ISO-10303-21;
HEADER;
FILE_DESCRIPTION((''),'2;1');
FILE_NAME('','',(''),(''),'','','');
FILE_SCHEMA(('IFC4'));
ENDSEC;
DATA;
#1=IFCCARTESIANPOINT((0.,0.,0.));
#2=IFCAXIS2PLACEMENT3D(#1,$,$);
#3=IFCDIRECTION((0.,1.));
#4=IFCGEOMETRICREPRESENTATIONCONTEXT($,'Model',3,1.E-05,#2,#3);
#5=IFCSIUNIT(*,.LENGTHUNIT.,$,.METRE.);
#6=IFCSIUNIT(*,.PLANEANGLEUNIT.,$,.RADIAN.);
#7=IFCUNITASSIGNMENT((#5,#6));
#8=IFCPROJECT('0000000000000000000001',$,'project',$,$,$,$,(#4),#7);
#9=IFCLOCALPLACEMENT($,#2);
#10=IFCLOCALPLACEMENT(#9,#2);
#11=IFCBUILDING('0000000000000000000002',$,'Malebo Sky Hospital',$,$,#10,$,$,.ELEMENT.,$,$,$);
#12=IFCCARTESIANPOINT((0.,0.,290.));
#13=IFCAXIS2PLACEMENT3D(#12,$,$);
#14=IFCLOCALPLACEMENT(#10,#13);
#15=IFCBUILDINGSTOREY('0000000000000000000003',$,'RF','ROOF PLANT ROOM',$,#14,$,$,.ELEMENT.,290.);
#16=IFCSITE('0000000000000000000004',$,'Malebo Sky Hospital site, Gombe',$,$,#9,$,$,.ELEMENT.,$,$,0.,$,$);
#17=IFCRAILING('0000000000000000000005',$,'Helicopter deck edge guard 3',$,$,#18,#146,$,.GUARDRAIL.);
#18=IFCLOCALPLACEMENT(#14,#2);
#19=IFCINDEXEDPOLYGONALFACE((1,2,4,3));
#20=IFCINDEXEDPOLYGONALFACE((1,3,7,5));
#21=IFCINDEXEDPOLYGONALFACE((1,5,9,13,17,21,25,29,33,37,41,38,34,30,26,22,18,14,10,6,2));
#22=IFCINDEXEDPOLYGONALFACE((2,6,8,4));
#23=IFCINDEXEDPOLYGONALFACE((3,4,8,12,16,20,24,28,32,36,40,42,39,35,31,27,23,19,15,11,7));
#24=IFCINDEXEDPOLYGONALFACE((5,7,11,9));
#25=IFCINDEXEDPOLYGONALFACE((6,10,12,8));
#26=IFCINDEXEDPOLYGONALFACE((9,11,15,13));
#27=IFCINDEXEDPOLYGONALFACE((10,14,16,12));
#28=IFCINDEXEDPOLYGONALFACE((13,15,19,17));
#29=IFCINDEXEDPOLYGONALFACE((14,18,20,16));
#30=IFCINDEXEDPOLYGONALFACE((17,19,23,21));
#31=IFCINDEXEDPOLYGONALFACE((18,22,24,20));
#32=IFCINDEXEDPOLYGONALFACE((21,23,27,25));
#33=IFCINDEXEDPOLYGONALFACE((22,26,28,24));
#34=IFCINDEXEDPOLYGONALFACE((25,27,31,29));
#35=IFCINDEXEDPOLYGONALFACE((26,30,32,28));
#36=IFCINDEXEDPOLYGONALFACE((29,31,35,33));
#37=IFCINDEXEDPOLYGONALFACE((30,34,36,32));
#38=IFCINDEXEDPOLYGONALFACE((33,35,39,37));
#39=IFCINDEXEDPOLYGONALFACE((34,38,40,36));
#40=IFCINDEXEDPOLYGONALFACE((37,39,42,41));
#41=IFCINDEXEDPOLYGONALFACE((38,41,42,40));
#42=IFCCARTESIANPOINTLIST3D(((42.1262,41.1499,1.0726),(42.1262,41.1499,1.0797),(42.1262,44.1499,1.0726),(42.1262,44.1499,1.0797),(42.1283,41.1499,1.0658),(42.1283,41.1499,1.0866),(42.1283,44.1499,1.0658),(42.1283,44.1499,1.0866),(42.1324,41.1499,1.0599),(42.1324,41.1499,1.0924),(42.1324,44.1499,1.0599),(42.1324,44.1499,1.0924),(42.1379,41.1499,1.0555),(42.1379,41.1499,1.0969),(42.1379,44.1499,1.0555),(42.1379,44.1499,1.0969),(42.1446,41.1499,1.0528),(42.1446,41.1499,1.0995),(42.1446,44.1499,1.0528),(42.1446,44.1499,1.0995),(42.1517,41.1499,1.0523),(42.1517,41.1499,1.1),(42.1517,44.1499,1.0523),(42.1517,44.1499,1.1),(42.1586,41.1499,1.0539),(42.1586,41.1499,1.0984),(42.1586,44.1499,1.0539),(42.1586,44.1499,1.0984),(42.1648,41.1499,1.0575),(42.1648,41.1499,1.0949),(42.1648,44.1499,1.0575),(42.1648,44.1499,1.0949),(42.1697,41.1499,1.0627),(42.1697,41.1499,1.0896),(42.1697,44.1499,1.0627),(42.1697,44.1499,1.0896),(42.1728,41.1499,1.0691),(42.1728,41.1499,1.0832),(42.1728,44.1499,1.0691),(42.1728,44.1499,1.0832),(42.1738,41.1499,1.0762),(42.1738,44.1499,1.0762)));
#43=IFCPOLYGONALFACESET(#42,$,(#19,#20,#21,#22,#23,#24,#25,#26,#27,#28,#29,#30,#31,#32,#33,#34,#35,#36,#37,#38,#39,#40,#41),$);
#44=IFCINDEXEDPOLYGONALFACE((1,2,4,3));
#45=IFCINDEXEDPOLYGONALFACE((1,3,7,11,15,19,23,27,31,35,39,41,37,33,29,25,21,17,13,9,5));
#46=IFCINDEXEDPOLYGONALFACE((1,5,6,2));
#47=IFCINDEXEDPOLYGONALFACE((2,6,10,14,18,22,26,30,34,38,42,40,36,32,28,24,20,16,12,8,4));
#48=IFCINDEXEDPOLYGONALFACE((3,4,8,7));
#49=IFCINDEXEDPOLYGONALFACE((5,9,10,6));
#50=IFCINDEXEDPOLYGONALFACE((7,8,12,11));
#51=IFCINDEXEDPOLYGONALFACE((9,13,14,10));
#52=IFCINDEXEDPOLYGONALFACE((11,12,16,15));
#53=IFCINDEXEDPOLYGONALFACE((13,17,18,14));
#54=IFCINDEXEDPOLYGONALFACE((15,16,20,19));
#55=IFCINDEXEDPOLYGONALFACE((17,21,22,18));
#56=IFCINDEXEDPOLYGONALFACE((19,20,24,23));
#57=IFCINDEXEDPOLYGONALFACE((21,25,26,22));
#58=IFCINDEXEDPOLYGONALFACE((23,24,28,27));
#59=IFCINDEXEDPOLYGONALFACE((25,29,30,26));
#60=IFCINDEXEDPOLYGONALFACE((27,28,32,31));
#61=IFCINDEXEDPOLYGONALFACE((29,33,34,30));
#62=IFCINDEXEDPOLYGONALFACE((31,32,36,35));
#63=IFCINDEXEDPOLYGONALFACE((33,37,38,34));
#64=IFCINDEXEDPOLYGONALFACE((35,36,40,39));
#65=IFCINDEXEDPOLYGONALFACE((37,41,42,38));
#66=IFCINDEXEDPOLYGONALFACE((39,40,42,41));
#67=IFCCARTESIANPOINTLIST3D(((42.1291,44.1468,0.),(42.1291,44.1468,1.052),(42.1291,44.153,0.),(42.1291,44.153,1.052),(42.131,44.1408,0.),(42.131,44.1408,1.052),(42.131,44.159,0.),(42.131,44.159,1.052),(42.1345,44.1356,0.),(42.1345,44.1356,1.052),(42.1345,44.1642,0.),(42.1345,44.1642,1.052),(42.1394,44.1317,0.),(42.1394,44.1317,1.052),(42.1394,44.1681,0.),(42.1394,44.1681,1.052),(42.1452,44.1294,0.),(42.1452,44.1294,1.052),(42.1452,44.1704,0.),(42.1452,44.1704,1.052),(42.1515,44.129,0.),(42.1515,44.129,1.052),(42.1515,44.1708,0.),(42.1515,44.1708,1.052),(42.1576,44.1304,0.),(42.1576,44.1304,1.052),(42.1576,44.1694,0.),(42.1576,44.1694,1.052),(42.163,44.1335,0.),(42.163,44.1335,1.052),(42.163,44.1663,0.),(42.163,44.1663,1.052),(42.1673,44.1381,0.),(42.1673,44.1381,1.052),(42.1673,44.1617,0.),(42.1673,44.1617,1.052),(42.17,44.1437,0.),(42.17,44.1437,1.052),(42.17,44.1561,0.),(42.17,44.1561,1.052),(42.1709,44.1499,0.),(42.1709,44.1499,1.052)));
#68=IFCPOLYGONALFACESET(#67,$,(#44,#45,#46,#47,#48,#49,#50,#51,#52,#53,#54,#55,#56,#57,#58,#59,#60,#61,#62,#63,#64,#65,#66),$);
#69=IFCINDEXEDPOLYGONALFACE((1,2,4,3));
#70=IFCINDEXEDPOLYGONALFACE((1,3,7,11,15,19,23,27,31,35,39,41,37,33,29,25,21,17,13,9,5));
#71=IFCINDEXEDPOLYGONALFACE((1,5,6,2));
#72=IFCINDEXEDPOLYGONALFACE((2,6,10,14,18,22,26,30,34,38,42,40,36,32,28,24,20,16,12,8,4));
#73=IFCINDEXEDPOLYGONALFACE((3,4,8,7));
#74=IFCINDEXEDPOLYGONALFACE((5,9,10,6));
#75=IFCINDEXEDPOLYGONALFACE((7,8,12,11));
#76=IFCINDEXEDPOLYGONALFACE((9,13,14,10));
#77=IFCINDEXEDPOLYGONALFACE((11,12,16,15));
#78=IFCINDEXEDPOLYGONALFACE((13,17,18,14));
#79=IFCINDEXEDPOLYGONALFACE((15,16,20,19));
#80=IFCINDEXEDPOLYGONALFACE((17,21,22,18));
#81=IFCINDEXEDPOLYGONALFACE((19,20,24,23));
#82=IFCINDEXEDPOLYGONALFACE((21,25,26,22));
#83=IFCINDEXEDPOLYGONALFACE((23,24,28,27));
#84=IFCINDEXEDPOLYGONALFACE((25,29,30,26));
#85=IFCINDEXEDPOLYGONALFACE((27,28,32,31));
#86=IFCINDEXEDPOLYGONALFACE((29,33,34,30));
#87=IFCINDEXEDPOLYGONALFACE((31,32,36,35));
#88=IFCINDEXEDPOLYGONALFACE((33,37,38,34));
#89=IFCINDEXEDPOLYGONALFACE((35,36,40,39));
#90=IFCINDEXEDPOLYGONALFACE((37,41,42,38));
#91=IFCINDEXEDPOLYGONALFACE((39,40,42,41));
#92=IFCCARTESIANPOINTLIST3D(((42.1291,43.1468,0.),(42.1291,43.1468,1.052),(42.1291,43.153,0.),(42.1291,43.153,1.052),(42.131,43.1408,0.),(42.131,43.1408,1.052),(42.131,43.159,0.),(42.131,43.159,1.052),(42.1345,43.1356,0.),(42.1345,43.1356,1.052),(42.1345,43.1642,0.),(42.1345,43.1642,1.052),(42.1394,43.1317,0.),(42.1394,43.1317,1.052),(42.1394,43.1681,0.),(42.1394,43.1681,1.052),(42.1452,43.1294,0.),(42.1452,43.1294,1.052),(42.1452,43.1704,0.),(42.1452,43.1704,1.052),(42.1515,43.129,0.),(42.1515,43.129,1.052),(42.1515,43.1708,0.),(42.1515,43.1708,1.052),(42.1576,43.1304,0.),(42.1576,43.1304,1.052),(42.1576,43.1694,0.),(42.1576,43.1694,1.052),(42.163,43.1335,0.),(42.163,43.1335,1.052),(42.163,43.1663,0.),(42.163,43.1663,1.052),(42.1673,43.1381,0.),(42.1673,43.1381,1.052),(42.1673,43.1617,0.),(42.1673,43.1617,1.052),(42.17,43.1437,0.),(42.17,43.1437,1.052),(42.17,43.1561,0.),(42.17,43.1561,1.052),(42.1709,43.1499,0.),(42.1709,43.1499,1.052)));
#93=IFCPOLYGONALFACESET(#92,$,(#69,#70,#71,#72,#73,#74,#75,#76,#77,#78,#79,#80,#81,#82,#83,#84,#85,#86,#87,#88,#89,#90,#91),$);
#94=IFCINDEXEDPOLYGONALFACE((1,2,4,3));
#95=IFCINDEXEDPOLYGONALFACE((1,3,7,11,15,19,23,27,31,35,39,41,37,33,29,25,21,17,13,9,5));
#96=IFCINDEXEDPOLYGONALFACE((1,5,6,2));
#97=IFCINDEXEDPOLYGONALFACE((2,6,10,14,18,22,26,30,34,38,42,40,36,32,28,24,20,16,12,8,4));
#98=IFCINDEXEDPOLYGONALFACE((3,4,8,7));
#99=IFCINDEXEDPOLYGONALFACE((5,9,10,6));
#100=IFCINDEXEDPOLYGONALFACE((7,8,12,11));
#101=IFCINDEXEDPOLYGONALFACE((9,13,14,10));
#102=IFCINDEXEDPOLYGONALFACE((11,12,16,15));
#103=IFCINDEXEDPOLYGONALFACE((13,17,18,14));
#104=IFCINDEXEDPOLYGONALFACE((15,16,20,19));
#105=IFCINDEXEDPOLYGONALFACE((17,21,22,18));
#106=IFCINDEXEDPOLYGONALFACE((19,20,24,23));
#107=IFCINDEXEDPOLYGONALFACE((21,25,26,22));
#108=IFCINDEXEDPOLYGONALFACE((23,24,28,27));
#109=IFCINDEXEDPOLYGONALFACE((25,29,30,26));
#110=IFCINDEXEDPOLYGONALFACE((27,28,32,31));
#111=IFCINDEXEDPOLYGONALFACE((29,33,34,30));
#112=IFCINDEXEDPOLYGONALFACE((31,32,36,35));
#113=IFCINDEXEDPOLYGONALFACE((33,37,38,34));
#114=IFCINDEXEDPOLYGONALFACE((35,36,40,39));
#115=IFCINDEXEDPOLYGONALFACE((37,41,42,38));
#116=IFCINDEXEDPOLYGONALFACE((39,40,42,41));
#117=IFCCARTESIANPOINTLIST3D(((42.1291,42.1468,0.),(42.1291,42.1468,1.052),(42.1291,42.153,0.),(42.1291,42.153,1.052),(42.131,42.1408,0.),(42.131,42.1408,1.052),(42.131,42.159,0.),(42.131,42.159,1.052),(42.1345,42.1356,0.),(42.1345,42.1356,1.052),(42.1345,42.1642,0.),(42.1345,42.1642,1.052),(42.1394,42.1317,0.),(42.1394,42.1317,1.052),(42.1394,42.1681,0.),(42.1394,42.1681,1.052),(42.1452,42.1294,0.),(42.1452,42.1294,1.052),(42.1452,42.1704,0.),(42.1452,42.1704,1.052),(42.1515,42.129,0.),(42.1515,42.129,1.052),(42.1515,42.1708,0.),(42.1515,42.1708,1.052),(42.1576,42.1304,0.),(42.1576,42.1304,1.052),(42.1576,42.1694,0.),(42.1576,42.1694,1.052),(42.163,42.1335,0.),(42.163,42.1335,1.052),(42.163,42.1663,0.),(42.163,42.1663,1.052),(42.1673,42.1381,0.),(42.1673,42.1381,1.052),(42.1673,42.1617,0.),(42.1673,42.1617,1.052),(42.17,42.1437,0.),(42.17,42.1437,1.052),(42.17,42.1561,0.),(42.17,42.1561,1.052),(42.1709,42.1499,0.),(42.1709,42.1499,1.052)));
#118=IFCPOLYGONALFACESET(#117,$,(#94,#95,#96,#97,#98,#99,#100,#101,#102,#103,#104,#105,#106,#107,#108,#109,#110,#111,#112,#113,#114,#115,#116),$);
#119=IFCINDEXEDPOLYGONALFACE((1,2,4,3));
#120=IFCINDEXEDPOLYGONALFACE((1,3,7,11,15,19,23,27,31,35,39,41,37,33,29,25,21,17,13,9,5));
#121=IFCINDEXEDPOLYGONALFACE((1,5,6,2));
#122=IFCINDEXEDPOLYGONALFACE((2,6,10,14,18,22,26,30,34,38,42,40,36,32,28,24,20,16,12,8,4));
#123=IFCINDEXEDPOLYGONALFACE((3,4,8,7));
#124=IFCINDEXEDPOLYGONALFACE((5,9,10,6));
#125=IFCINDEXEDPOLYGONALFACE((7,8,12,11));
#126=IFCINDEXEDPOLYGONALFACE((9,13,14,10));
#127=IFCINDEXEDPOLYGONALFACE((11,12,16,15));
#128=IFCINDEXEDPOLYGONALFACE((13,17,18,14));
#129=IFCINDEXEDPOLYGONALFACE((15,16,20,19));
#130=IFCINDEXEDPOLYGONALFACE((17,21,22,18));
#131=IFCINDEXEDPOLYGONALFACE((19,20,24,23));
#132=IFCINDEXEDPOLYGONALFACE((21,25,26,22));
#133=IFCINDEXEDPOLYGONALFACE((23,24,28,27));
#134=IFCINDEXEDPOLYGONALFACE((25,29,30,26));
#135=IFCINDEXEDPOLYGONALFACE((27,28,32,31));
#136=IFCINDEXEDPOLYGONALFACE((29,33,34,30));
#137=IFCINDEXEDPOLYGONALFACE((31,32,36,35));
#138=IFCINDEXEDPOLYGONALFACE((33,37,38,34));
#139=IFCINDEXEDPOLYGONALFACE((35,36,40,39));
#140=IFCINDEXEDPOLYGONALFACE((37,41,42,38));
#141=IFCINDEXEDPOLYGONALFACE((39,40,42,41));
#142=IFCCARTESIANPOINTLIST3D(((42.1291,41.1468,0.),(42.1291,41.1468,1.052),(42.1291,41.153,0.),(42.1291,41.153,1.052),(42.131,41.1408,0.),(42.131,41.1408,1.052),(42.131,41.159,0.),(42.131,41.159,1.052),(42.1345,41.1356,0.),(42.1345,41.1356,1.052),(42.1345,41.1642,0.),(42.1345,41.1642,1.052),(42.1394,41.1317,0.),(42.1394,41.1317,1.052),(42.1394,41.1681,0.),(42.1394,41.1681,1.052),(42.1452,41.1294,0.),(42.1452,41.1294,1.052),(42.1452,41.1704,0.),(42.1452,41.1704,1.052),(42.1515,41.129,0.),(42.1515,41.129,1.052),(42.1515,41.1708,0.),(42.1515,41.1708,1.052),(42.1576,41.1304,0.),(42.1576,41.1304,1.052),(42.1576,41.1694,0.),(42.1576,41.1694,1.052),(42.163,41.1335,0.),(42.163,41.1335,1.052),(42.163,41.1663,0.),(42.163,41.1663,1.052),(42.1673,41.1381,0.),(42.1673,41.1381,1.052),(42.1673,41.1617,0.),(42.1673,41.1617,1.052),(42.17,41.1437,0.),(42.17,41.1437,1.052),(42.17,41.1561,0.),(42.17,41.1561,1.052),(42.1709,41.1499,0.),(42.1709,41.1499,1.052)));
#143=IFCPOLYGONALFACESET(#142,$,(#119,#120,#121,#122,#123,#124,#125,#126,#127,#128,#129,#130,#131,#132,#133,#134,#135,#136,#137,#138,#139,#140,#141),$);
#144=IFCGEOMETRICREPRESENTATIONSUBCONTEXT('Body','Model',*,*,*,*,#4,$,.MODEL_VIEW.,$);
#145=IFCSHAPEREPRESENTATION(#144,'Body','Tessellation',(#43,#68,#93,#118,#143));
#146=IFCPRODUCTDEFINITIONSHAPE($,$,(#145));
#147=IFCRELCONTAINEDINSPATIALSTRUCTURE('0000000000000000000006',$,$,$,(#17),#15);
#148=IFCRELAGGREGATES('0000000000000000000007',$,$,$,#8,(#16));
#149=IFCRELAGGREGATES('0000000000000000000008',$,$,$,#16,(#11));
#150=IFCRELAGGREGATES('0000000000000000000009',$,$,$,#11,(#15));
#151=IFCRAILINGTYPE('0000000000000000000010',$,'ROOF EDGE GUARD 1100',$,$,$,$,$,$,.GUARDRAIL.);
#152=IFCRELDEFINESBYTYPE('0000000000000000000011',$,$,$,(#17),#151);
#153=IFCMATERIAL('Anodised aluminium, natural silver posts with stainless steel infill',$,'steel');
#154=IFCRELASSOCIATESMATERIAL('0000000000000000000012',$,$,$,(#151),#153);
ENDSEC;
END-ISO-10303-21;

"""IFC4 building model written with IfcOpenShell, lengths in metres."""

from ifc_helpers import new_model, si_unit, direction, frame, origin, origin_2d, place, context, subcontext, project, spatial, circle, extrude, material, type_object, element, save


model = new_model("IFC4")

# Units and contexts
model_context = context("Model", 3, precision=1e-05, world=origin(), true_north=direction((0.0, 1.0)))
body_context = subcontext(model_context, "Body", "Model", "MODEL_VIEW")
ifc_project = project(units=[si_unit("LENGTHUNIT", "METRE"), si_unit("PLANEANGLEUNIT", "RADIAN")], contexts=[model_context])

# Site, building, storey
site_placement = place(None, origin())
site = spatial("IfcSite", under=ifc_project, at=site_placement, Name="Malebo Sky Hospital site, Gombe", CompositionType="ELEMENT", RefElevation=0.0)
building_placement = place(site_placement, origin())
building = spatial("IfcBuilding", under=site, at=building_placement, Name="Malebo Sky Hospital", CompositionType="ELEMENT")
storey_placement = place(building_placement, frame((0.0, 0.0, 290.0)))
storey = spatial("IfcBuildingStorey", under=building, at=storey_placement, Name="RF", Description="ROOF PLANT ROOM", CompositionType="ELEMENT", Elevation=290.0)

# Railing
ifc_material_1 = material(Name="Anodised aluminium, natural silver posts with stainless steel infill", Category="steel")
railing_type = type_object("IfcRailingType", Name="ROOF EDGE GUARD 1100", PredefinedType="GUARDRAIL", material=ifc_material_1)
railing_1_placement = place(storey_placement, frame((42.1499, 44.1499, 0.0)))
element("IfcRailing", 1, at=railing_1_placement, inside=storey, type_object=railing_type, Name="Helicopter deck edge guard 3", PredefinedType="GUARDRAIL", context=body_context, shape_type="SweptSolid", body=[
    extrude(circle(Radius=0.0239, at=origin_2d()), frame((0.0, 0.0, 1.0762), z_axis=(0.0, -1.0, 0.0), x_axis=(1.0, 0.0, 0.0)), (0.0, 0.0, 1.0), 3.0),
    extrude(circle(Radius=0.021, at=origin_2d()), origin(), (0.0, 0.0, 1.0), 1.052),
    extrude(circle(Radius=0.021, at=origin_2d()), frame((0.0, -1.0, 0.0)), (0.0, 0.0, 1.0), 1.052),
    extrude(circle(Radius=0.021, at=origin_2d()), frame((0.0, -2.0, 0.0)), (0.0, 0.0, 1.0), 1.052),
    extrude(circle(Radius=0.021, at=origin_2d()), frame((0.0, -3.0, 0.0)), (0.0, 0.0, 1.0), 1.052),
])

save(model, "model.ifc")
